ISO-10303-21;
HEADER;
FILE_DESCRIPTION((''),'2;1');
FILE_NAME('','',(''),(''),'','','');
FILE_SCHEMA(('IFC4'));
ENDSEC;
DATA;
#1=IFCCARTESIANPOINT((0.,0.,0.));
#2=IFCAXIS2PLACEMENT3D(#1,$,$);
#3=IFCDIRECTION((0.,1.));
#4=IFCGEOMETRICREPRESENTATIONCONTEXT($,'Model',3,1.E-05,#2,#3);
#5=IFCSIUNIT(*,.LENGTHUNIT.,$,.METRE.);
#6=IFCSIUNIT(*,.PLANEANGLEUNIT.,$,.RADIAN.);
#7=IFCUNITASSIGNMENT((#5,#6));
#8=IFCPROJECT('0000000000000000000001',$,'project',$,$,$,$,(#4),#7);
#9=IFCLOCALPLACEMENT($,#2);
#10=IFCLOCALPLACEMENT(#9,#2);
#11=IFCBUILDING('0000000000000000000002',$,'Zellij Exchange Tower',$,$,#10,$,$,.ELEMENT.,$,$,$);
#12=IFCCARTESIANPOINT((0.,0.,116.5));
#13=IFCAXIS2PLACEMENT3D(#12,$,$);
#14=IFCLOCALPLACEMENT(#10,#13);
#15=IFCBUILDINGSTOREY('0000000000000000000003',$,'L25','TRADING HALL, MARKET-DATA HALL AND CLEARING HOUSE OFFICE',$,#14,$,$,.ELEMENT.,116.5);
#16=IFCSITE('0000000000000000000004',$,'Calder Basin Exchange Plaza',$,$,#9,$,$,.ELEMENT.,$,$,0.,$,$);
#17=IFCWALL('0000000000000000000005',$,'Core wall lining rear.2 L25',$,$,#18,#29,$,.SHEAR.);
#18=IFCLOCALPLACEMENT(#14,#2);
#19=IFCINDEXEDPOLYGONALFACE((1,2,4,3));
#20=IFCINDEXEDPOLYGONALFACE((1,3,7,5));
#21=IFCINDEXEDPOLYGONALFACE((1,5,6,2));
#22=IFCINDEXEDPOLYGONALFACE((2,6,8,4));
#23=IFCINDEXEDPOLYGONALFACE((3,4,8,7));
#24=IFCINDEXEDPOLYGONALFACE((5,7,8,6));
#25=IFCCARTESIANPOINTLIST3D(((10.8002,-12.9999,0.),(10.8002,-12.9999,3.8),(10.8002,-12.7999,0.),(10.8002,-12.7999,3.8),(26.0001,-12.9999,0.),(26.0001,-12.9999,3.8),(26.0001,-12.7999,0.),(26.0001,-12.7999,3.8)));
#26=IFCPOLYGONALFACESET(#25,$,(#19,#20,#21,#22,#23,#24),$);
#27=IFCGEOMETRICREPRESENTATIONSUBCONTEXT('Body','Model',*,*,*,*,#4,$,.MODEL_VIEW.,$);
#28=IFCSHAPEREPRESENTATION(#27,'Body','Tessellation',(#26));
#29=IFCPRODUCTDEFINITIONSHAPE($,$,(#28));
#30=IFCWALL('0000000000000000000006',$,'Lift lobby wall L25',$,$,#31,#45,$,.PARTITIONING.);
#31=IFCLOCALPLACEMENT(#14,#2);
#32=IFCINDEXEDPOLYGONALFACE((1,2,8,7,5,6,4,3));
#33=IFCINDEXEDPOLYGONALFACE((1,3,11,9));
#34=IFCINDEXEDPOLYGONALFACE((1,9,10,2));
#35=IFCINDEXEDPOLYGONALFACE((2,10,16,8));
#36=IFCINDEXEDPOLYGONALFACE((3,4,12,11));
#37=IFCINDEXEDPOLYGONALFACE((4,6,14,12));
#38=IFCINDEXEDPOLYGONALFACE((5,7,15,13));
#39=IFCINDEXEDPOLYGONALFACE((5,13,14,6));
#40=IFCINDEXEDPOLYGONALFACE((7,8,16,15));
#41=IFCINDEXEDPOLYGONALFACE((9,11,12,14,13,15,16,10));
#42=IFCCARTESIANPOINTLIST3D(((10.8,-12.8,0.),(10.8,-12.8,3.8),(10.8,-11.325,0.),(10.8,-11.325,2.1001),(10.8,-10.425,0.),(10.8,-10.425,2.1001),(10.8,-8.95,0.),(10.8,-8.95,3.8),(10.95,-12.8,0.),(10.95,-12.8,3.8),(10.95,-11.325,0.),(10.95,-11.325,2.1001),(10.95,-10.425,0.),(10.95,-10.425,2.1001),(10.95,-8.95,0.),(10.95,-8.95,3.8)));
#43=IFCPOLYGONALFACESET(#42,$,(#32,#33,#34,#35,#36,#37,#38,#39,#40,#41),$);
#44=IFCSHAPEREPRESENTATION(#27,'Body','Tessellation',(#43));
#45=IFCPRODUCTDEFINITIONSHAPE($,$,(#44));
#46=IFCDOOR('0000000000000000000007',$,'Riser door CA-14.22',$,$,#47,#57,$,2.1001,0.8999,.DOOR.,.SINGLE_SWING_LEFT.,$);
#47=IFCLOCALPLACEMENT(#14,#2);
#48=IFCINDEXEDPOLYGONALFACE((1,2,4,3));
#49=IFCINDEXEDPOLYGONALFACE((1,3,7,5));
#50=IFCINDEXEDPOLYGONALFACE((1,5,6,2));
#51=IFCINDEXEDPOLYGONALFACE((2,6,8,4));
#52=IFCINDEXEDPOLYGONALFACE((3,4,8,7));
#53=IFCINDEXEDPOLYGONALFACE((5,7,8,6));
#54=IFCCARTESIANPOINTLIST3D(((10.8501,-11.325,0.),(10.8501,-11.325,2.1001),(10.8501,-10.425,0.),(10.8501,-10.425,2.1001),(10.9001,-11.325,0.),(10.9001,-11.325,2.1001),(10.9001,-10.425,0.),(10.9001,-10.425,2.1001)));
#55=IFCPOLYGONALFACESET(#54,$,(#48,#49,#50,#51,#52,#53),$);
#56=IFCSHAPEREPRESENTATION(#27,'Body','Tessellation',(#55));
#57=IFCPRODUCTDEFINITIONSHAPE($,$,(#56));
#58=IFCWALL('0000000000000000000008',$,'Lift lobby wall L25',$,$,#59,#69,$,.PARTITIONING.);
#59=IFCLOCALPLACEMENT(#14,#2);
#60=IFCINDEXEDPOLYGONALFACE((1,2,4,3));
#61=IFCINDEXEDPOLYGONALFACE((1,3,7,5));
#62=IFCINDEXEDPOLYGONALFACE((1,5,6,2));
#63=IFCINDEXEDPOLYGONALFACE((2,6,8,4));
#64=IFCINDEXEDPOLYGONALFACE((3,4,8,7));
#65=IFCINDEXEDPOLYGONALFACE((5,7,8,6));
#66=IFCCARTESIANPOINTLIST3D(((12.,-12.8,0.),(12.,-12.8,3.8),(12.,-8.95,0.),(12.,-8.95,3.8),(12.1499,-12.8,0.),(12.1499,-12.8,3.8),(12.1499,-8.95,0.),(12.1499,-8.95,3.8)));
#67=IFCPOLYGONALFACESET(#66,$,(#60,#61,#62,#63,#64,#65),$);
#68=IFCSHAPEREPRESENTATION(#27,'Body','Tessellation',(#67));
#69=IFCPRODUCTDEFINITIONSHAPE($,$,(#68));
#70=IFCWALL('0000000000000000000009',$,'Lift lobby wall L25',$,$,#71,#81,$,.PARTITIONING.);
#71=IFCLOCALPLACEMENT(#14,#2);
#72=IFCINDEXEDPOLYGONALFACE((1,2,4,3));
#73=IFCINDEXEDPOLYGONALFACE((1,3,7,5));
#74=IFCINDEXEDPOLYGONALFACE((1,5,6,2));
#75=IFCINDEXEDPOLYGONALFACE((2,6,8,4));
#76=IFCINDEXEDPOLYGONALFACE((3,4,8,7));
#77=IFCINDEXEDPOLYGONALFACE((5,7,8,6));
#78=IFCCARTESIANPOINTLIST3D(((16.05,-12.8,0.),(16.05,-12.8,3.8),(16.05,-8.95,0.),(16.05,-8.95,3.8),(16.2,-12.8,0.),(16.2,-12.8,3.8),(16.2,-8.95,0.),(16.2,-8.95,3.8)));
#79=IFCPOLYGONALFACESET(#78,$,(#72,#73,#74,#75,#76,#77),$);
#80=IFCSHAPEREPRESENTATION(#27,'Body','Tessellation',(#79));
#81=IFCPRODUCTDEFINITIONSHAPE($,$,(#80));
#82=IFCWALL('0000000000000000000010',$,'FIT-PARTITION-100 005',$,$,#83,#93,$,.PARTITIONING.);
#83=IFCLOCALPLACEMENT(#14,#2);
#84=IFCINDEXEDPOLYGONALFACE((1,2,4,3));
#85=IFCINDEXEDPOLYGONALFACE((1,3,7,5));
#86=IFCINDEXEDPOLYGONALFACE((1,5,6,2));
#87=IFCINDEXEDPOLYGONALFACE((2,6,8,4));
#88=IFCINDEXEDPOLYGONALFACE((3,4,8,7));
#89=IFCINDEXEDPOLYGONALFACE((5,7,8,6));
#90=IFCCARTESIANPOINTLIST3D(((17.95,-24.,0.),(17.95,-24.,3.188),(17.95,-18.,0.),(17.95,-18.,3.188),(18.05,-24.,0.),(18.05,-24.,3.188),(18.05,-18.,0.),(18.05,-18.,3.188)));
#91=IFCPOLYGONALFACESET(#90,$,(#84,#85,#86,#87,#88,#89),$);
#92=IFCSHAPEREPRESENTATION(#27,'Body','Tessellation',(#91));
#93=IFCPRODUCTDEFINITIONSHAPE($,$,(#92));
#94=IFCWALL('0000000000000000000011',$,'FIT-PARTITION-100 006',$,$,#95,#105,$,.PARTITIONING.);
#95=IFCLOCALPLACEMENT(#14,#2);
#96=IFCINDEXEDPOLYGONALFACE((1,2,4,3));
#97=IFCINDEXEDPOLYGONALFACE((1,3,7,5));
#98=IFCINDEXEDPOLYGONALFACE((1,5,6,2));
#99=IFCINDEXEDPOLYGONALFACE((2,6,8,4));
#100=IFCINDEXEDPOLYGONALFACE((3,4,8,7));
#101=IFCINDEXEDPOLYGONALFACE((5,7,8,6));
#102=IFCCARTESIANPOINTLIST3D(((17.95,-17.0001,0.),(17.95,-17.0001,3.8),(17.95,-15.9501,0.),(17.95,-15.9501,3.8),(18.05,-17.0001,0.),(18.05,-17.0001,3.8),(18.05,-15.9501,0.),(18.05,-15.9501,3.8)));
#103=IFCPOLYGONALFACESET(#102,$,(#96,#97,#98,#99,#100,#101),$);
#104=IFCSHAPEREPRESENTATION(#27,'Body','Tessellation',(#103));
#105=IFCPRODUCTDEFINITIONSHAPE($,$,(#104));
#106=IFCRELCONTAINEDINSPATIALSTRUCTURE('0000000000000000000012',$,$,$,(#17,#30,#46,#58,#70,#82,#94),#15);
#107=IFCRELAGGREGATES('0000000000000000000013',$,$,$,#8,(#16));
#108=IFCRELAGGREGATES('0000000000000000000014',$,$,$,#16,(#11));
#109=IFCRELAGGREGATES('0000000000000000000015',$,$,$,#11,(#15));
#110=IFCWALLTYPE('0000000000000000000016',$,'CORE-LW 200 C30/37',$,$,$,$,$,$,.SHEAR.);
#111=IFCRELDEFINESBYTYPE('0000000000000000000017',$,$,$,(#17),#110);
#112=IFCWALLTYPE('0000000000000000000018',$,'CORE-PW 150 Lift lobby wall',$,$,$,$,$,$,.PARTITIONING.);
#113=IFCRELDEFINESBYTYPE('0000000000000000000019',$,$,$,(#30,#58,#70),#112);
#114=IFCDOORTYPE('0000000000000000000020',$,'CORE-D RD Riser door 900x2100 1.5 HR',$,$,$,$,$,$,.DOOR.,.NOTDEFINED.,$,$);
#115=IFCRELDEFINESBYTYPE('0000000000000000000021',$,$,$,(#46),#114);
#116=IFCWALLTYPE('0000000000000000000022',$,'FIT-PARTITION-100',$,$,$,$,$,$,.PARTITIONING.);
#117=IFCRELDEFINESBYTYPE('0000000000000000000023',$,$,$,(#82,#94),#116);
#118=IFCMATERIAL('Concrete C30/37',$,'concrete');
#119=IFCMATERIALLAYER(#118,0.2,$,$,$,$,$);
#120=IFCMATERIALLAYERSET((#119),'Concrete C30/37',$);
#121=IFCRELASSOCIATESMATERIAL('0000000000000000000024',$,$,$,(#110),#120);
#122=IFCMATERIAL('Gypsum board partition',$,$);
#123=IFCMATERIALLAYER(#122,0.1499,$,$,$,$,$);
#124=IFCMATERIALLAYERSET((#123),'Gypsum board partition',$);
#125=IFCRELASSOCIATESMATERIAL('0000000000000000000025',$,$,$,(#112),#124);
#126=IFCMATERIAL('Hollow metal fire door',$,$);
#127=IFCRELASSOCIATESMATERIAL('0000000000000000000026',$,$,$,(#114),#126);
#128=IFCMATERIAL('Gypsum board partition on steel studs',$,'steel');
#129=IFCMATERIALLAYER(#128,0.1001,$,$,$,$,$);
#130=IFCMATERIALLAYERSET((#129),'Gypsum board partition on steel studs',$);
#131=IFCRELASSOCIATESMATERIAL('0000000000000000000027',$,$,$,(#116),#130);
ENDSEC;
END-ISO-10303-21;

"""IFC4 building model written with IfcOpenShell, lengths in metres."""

from ifc_helpers import new_model, si_unit, direction, frame, frame_2d, origin, place, context, subcontext, project, spatial, rectangle, extrude, material, layer, layer_set, type_object, element, fill, save


model = new_model("IFC4")

# Units and contexts
model_context = context("Model", 3, precision=1e-05, world=origin(), true_north=direction((0.0, 1.0)))
body_context = subcontext(model_context, "Body", "Model", "MODEL_VIEW")
ifc_project = project(units=[si_unit("LENGTHUNIT", "METRE"), si_unit("PLANEANGLEUNIT", "RADIAN")], contexts=[model_context])

# Site, building, storey
site_placement = place(None, origin())
site = spatial("IfcSite", under=ifc_project, at=site_placement, Name="Calder Basin Exchange Plaza", CompositionType="ELEMENT", RefElevation=0.0)
building_placement = place(site_placement, origin())
building = spatial("IfcBuilding", under=site, at=building_placement, Name="Zellij Exchange Tower", CompositionType="ELEMENT")
storey_placement = place(building_placement, frame((0.0, 0.0, 116.5)))
storey = spatial("IfcBuildingStorey", under=building, at=storey_placement, Name="L25", Description="TRADING HALL, MARKET-DATA HALL AND CLEARING HOUSE OFFICE", CompositionType="ELEMENT", Elevation=116.5)

# Wall
ifc_material_1 = material(Name="Concrete C30/37", Category="concrete")
ifc_layer_1 = layer(ifc_material_1, 0.2)
ifc_layer_set_1 = layer_set([ifc_layer_1], Name="Concrete C30/37")
wall_type_1 = type_object("IfcWallType", Name="CORE-LW 200 C30/37", PredefinedType="SHEAR", material=ifc_layer_set_1)
wall_1_placement = place(storey_placement, frame((10.8, -12.8999, 0.0), z_axis=(0.0, 0.0, 1.0), x_axis=(1.0, 0.0, 0.0)))
element("IfcWall", 1, at=wall_1_placement, inside=storey, type_object=wall_type_1, Name="Core wall lining rear.2 L25", PredefinedType="SHEAR", context=body_context, shape_type="SweptSolid", body=[
    extrude(rectangle(XDim=15.2, YDim=0.2, at=frame_2d((7.6001, 0.0))), origin(), (0.0, 0.0, 1.0), 3.8),
])

# Wall, opening, door
ifc_material_2 = material(Name="Gypsum board partition")
ifc_layer_2 = layer(ifc_material_2, 0.1499)
ifc_layer_set_2 = layer_set([ifc_layer_2], Name="Gypsum board partition")
wall_type_2 = type_object("IfcWallType", Name="CORE-PW 150 Lift lobby wall", PredefinedType="PARTITIONING", material=ifc_layer_set_2)
wall_2_placement = place(storey_placement, frame((10.875, -12.8, 0.0), z_axis=(0.0, 0.0, 1.0), x_axis=(0.0, 1.0, 0.0)))
wall_2 = element("IfcWall", 2, at=wall_2_placement, inside=storey, type_object=wall_type_2, Name="Lift lobby wall L25", PredefinedType="PARTITIONING", context=body_context, shape_type="SweptSolid", body=[
    extrude(rectangle(XDim=3.8501, YDim=0.1499, at=frame_2d((1.925, 0.0))), origin(), (0.0, 0.0, 1.0), 3.8),
])
opening_placement = place(wall_2_placement, frame((1.4751, 0.0, 0.0)))
opening = element("IfcOpeningElement", 3, at=opening_placement, cuts=wall_2, PredefinedType="OPENING", context=body_context, shape_type="SweptSolid", body=[
    extrude(rectangle(XDim=0.8999, YDim=2.1001, at=frame_2d((0.45, 1.05))), frame((0.0, 0.0869, 0.0), z_axis=(0.0, -1.0, 0.0), x_axis=(1.0, 0.0, 0.0)), (0.0, 0.0, 1.0), 0.1738),
])
ifc_material_3 = material(Name="Hollow metal fire door")
door_type = type_object("IfcDoorType", Name="CORE-D RD Riser door 900x2100 1.5 HR", OperationType="NOTDEFINED", PredefinedType="DOOR", material=ifc_material_3)
door_placement = place(opening_placement, origin())
door = element("IfcDoor", 4, at=door_placement, inside=storey, type_object=door_type, Name="Riser door CA-14.22", OperationType="SINGLE_SWING_LEFT", OverallHeight=2.1001, OverallWidth=0.8999, PredefinedType="DOOR", context=body_context, shape_type="SweptSolid", body=[
    extrude(rectangle(XDim=0.8999, YDim=2.1001, at=frame_2d((0.45, 1.05))), frame((0.0, 0.0249, 0.0), z_axis=(0.0, -1.0, 0.0), x_axis=(1.0, 0.0, 0.0)), (0.0, 0.0, 1.0), 0.05),
])
fill(opening, door)

# Walls
for number, where, z_axis, x_axis, name in (
    (5, (12.075, -12.8, 0.0), (0.0, 0.0, 1.0), (0.0, 1.0, 0.0), "Lift lobby wall L25"),
    (6, (16.125, -12.8, 0.0), (0.0, 0.0, 1.0), (0.0, 1.0, 0.0), "Lift lobby wall L25"),
):
    element("IfcWall", number, at=place(storey_placement, frame(where, z_axis=z_axis, x_axis=x_axis)), inside=storey, type_object=wall_type_2, Name=name, PredefinedType="PARTITIONING", context=body_context, shape_type="SweptSolid", body=[
        extrude(rectangle(XDim=3.8501, YDim=0.1499, at=frame_2d((1.925, 0.0))), origin(), (0.0, 0.0, 1.0), 3.8),
    ])
ifc_material_4 = material(Name="Gypsum board partition on steel studs", Category="steel")
ifc_layer_3 = layer(ifc_material_4, 0.1001)
ifc_layer_set_3 = layer_set([ifc_layer_3], Name="Gypsum board partition on steel studs")
wall_type_3 = type_object("IfcWallType", Name="FIT-PARTITION-100", PredefinedType="PARTITIONING", material=ifc_layer_set_3)
wall_3_placement = place(storey_placement, frame((18.0, -24.0, 0.0), z_axis=(0.0, 0.0, 1.0), x_axis=(0.0, 1.0, 0.0)))
element("IfcWall", 7, at=wall_3_placement, inside=storey, type_object=wall_type_3, Name="FIT-PARTITION-100 005", PredefinedType="PARTITIONING", context=body_context, shape_type="SweptSolid", body=[
    extrude(rectangle(XDim=6.0, YDim=0.1001, at=frame_2d((3.0, 0.0))), origin(), (0.0, 0.0, 1.0), 3.188),
])
wall_4_placement = place(storey_placement, frame((18.0, -17.0, 0.0), z_axis=(0.0, 0.0, 1.0), x_axis=(0.0, 1.0, 0.0)))
element("IfcWall", 8, at=wall_4_placement, inside=storey, type_object=wall_type_3, Name="FIT-PARTITION-100 006", PredefinedType="PARTITIONING", context=body_context, shape_type="SweptSolid", body=[
    extrude(rectangle(XDim=1.05, YDim=0.1001, at=frame_2d((0.5249, 0.0))), origin(), (0.0, 0.0, 1.0), 3.8),
])

save(model, "model.ifc")
